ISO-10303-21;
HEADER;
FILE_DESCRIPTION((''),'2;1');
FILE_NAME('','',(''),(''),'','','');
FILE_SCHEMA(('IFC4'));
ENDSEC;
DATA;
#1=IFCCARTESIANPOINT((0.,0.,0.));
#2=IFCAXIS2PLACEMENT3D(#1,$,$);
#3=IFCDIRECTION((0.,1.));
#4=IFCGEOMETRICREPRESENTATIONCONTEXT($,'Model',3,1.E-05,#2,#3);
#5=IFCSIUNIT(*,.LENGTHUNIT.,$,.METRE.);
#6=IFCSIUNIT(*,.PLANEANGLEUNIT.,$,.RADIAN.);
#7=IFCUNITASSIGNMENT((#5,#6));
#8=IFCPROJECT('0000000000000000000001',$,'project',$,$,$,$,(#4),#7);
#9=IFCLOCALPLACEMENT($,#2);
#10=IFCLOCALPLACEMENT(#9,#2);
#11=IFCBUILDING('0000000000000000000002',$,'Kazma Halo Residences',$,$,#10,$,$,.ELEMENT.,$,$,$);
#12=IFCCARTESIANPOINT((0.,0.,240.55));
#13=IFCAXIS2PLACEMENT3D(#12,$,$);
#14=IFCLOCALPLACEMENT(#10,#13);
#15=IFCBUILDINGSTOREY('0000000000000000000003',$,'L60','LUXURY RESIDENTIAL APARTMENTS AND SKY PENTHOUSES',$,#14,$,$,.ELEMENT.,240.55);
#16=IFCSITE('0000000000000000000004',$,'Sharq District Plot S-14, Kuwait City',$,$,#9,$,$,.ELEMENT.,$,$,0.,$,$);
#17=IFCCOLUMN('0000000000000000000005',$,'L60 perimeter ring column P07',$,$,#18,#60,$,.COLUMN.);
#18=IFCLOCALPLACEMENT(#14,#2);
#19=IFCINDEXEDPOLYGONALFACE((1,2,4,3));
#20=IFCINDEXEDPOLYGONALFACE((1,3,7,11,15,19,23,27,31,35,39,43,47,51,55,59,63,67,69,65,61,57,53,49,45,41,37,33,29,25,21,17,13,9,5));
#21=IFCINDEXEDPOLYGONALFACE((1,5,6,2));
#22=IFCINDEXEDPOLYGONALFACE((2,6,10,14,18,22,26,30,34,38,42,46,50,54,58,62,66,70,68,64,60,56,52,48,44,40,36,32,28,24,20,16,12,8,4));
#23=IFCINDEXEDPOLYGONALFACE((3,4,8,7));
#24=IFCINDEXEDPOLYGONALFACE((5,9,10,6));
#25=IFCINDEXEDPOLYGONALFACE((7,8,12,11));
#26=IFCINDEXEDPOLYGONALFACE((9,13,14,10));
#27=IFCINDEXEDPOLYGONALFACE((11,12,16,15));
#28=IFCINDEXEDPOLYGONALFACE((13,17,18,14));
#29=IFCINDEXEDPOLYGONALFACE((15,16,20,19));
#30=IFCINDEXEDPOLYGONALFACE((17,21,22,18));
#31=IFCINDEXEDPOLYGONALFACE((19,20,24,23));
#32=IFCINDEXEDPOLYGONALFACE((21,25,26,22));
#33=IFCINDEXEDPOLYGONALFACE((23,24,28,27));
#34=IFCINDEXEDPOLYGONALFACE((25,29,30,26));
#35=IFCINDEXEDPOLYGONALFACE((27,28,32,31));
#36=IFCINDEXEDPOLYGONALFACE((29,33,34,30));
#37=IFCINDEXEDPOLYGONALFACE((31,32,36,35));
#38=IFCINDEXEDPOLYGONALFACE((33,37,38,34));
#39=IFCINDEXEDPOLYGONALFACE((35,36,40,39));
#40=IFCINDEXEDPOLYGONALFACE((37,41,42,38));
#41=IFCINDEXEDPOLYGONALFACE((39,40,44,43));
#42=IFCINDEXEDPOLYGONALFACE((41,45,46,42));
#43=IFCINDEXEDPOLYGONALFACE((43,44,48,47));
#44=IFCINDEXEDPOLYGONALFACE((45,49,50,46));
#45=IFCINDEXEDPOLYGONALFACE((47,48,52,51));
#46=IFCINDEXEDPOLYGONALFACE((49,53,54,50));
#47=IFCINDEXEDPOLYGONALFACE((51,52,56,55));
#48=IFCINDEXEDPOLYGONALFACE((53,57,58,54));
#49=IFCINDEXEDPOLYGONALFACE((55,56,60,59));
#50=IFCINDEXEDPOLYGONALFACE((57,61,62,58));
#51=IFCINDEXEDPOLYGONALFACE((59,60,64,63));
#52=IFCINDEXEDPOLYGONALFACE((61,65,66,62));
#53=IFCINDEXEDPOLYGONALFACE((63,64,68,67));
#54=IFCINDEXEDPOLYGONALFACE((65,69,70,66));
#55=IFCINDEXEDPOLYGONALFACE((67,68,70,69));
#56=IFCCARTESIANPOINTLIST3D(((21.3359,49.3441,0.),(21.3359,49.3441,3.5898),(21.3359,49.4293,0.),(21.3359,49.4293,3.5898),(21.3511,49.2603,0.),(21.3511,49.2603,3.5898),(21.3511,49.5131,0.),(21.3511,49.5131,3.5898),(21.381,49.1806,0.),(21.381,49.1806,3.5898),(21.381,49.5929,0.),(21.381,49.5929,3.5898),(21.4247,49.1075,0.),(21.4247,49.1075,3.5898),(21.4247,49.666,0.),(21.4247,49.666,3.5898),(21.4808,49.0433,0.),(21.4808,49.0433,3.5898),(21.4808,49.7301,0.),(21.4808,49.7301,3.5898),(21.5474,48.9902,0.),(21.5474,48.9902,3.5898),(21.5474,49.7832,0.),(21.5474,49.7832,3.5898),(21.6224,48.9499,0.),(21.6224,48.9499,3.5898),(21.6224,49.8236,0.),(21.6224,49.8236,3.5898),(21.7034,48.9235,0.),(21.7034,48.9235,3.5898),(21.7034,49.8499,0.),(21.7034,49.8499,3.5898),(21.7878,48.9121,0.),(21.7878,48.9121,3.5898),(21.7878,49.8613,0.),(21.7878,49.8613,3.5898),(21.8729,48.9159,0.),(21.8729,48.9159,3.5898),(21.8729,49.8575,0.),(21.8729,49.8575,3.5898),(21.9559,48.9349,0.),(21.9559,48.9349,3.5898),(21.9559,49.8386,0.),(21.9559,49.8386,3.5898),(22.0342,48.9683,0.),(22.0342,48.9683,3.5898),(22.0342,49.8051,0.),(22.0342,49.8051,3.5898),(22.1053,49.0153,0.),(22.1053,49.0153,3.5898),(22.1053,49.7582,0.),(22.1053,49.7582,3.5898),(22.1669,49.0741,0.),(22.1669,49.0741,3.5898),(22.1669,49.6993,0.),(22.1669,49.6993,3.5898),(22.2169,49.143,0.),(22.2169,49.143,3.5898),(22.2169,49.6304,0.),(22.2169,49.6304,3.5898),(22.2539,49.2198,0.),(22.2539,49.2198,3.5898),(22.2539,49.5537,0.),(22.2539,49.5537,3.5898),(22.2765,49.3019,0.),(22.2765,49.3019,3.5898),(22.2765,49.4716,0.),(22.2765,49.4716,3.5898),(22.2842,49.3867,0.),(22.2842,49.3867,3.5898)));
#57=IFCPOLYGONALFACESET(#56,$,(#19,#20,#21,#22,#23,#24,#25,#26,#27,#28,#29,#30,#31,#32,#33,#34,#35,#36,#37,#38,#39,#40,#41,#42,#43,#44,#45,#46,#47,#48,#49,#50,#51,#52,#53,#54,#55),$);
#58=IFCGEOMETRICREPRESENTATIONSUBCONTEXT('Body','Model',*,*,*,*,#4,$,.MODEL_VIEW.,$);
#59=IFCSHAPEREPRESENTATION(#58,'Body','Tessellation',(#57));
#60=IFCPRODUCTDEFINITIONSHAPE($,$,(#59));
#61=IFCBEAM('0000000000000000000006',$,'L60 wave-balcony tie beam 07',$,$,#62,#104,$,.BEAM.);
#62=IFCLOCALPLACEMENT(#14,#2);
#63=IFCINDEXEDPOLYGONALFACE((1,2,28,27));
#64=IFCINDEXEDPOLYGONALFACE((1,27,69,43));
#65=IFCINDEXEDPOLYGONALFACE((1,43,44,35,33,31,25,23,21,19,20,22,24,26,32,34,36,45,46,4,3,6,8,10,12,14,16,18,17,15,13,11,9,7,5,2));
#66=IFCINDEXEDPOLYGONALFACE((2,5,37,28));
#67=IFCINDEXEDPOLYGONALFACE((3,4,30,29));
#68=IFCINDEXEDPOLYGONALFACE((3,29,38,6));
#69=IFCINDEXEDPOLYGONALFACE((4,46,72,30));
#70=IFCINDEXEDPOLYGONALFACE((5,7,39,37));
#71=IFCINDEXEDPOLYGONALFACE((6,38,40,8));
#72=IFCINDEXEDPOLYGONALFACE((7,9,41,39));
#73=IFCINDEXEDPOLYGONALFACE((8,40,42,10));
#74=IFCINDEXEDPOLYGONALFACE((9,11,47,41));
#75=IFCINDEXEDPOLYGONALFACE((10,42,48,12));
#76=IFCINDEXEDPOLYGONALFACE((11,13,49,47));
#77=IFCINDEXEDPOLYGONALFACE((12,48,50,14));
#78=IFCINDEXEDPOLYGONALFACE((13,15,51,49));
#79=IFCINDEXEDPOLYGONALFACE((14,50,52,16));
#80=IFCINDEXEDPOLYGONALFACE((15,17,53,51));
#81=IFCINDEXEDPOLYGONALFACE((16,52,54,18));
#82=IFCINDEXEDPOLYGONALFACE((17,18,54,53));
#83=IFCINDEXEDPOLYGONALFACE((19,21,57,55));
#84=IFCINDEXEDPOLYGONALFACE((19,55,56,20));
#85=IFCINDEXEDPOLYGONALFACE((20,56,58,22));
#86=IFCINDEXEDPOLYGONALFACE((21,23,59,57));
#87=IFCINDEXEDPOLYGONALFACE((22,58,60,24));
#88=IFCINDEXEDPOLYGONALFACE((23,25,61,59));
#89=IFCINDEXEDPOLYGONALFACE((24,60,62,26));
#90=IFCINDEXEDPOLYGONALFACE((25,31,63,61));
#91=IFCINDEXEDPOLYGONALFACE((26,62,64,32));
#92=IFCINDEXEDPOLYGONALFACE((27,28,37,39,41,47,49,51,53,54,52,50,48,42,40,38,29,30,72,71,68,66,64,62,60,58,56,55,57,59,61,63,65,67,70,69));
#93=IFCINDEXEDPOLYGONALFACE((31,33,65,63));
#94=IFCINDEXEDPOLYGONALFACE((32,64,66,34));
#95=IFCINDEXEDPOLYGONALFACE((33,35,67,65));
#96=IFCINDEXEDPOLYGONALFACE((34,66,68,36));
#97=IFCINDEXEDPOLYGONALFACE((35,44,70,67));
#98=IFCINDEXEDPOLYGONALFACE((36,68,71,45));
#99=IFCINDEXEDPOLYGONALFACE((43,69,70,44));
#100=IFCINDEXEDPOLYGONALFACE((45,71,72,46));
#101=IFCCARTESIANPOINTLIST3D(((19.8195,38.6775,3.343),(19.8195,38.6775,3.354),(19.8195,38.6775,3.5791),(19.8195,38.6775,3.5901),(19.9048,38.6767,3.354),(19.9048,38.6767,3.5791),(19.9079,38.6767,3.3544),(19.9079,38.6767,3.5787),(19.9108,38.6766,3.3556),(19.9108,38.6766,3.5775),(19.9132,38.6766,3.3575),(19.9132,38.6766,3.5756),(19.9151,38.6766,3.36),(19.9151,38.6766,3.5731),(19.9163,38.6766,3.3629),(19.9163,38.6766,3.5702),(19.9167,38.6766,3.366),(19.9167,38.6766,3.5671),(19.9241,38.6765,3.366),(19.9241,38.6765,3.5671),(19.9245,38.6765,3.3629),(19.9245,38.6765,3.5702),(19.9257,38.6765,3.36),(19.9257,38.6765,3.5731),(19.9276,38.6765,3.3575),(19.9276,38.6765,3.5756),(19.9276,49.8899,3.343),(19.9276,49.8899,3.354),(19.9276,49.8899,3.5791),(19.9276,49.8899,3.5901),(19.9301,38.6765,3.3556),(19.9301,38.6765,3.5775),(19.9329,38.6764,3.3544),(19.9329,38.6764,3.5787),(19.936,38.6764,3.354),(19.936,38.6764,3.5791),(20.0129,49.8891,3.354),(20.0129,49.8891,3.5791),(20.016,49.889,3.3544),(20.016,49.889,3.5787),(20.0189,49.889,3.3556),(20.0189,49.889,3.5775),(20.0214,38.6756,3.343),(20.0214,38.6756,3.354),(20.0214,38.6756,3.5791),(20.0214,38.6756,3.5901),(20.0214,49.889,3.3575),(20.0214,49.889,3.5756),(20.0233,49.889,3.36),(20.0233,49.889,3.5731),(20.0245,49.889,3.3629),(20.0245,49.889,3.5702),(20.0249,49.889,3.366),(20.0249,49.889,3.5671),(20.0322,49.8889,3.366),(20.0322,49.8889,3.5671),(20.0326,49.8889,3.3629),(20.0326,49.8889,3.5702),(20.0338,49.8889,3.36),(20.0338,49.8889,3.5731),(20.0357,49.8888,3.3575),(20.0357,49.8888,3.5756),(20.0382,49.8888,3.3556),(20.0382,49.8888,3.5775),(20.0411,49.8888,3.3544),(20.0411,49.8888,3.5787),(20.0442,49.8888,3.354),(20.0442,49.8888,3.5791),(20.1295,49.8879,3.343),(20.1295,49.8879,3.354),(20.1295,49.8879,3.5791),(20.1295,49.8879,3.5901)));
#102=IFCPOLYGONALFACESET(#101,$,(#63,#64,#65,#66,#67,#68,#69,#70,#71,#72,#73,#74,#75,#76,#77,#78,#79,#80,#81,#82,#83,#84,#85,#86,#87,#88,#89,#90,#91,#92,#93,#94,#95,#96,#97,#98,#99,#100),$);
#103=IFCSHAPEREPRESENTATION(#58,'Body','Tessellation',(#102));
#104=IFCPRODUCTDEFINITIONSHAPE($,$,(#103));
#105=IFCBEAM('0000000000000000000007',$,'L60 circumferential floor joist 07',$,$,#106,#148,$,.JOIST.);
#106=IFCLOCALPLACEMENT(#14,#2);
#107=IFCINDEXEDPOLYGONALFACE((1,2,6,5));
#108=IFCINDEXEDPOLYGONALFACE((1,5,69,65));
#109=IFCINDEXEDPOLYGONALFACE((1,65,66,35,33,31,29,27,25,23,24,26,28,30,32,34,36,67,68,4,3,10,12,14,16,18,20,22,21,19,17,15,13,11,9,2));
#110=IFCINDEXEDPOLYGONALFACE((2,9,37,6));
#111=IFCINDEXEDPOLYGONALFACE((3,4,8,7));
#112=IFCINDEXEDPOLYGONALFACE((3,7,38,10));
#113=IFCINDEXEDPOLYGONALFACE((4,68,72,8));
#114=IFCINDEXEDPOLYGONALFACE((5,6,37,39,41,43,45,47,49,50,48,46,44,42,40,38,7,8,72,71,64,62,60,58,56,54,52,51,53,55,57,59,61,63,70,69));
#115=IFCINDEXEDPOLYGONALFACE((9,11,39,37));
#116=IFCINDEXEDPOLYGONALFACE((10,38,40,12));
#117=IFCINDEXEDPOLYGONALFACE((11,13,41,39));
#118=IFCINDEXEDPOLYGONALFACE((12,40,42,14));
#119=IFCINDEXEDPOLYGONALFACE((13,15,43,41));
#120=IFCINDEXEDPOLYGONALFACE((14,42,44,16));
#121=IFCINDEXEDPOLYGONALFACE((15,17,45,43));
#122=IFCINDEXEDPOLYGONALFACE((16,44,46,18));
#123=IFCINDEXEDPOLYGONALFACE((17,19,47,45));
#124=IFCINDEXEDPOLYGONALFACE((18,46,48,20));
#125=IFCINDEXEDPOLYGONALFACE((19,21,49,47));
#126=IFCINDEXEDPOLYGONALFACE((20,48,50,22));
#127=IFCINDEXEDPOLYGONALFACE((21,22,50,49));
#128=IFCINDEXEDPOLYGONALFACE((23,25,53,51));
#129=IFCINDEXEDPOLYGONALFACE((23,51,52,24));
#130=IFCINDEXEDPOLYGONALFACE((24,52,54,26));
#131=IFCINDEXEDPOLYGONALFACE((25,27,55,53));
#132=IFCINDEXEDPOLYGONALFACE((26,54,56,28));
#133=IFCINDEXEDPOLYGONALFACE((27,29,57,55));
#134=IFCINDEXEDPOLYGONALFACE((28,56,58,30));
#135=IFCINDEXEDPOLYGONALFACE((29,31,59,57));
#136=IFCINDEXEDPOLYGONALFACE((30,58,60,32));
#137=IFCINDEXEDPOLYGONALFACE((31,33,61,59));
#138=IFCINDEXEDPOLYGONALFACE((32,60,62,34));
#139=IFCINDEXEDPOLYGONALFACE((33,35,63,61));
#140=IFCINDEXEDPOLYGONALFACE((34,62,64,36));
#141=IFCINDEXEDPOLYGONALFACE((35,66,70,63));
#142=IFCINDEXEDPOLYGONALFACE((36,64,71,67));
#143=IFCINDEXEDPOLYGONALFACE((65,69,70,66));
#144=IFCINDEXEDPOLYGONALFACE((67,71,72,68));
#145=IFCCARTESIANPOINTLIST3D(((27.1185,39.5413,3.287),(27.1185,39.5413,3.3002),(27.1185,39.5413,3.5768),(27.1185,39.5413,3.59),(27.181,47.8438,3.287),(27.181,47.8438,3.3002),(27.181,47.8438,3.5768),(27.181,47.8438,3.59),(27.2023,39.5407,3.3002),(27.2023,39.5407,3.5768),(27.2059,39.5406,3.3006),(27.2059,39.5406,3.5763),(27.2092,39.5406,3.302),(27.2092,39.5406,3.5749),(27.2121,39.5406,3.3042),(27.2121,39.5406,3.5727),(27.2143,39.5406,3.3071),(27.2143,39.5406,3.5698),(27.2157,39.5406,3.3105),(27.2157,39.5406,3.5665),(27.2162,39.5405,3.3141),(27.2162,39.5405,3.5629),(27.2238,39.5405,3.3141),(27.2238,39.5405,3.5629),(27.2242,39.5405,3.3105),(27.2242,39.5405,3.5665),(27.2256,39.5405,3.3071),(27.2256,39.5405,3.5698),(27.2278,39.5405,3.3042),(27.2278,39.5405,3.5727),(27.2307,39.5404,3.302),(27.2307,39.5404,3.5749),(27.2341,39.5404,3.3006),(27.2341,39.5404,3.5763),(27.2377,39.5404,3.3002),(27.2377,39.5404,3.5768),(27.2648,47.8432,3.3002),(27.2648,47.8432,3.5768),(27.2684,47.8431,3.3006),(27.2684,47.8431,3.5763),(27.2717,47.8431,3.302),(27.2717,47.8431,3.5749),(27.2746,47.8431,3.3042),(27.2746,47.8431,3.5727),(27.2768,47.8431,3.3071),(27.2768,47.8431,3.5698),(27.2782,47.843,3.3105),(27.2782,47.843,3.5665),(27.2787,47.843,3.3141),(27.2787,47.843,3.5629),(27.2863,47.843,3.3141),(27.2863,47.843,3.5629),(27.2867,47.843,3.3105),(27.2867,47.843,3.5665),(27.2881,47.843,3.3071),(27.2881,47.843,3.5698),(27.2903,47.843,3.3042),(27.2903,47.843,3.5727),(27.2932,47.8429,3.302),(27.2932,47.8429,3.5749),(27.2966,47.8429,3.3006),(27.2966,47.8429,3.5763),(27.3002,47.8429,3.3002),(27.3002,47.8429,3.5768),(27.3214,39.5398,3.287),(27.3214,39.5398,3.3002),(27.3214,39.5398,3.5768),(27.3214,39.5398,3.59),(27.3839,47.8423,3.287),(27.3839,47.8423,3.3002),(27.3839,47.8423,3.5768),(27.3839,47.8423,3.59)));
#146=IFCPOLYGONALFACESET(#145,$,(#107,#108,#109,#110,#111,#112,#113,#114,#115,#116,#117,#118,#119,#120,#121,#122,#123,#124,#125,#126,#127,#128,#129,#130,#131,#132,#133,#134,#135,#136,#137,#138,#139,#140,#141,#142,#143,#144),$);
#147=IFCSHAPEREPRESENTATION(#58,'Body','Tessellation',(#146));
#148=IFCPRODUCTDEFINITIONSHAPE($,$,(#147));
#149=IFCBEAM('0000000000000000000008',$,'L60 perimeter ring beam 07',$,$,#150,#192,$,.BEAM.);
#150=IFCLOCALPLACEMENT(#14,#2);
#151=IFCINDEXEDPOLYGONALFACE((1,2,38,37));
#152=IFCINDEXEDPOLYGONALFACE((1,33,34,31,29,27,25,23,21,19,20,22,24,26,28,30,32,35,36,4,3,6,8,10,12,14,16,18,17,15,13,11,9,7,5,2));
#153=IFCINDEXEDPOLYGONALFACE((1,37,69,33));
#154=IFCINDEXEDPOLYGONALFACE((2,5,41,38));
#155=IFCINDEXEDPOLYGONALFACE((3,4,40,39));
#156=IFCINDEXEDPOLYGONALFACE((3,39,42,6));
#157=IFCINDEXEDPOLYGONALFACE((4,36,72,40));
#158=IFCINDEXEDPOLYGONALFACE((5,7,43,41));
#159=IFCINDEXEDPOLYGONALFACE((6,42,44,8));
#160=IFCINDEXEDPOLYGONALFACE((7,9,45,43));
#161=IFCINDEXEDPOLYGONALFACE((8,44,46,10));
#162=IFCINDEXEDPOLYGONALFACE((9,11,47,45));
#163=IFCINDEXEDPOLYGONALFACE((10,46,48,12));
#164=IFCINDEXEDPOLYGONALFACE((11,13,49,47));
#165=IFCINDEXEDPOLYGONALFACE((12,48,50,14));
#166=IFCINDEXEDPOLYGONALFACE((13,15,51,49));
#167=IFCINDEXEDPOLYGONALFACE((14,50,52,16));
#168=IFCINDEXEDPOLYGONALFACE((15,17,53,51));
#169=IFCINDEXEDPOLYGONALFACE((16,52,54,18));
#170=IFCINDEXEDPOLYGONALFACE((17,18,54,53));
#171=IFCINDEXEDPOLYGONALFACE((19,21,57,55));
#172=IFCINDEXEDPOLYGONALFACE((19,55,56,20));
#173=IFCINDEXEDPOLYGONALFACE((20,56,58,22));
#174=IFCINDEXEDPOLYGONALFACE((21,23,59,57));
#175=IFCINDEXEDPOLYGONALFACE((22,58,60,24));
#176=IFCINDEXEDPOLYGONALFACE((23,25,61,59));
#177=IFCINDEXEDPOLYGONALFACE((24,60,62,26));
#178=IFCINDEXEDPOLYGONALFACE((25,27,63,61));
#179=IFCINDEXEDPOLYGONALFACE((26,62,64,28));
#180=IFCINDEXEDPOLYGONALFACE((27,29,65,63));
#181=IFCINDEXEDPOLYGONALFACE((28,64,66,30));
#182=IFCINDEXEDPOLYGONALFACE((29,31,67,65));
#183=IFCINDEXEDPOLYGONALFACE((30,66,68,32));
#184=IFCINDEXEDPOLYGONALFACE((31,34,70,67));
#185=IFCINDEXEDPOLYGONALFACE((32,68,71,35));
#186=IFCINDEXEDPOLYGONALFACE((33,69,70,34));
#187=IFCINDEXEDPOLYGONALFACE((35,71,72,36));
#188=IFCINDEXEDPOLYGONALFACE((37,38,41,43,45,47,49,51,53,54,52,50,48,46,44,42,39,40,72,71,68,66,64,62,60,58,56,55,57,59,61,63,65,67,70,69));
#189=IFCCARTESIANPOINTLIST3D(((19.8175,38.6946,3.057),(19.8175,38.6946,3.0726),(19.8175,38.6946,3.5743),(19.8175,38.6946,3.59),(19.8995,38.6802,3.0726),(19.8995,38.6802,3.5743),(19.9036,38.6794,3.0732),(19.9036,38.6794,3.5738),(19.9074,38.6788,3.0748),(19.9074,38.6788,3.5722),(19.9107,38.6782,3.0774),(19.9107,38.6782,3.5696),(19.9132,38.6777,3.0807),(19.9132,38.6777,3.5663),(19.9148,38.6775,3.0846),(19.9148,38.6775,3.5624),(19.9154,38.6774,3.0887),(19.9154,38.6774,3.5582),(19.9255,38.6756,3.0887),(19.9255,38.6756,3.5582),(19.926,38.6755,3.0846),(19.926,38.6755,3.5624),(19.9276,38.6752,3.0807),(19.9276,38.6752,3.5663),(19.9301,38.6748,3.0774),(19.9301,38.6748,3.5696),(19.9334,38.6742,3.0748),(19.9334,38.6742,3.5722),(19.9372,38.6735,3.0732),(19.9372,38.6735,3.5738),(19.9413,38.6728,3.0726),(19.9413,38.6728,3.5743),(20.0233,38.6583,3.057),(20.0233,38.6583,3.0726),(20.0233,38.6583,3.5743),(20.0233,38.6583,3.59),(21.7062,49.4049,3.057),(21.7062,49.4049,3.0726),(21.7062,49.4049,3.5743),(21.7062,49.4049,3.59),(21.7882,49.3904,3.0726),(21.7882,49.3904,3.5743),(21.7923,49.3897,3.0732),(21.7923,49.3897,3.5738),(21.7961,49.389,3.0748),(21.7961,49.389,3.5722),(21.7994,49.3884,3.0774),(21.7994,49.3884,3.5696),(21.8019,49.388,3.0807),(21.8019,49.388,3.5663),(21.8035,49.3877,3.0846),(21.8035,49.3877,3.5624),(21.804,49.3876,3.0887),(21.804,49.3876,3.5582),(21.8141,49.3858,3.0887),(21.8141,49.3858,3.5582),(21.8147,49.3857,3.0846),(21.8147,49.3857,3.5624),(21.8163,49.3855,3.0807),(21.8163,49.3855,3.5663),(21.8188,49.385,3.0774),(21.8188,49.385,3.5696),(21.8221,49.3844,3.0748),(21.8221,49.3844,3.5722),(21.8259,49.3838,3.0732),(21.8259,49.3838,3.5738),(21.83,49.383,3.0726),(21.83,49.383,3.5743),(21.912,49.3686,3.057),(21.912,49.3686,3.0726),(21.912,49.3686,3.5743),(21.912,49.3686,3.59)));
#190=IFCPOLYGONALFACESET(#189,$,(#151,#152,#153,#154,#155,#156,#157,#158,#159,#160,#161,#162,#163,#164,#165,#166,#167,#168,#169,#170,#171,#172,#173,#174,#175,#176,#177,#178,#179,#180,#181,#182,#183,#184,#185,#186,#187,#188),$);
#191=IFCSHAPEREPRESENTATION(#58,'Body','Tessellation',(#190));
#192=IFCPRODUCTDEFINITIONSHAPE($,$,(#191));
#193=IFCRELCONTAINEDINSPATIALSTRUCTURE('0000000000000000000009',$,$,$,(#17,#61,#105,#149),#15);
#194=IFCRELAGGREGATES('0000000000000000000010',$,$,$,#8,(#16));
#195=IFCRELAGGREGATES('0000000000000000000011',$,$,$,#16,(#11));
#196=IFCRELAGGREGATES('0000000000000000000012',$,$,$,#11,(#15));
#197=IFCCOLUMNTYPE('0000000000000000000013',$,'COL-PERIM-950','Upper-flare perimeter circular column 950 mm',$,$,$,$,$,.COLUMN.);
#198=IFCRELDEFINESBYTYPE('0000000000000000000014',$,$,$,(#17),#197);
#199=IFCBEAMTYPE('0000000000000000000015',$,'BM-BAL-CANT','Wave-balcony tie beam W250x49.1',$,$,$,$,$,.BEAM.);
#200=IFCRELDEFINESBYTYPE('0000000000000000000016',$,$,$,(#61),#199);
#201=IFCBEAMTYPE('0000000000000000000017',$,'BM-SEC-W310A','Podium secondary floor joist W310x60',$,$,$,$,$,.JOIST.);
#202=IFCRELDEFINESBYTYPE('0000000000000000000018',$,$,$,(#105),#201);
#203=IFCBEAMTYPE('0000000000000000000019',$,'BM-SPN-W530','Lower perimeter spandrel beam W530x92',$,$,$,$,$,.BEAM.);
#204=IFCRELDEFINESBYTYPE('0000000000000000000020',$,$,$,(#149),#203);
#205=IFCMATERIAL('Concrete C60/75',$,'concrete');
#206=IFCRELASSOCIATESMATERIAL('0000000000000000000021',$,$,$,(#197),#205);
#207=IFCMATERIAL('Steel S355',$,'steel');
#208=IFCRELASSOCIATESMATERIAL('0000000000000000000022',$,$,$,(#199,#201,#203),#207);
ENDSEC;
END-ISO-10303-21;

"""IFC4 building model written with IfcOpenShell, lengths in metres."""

from ifc_helpers import new_model, si_unit, direction, frame, origin, origin_2d, place, context, subcontext, project, spatial, circle, i_section, extrude, material, material_profile, profile_set, type_object, element, save


model = new_model("IFC4")

# Units and contexts
model_context = context("Model", 3, precision=1e-05, world=origin(), true_north=direction((0.0, 1.0)))
body_context = subcontext(model_context, "Body", "Model", "MODEL_VIEW")
ifc_project = project(units=[si_unit("LENGTHUNIT", "METRE"), si_unit("PLANEANGLEUNIT", "RADIAN")], contexts=[model_context])

# Site, building, storey
site_placement = place(None, origin())
site = spatial("IfcSite", under=ifc_project, at=site_placement, Name="Sharq District Plot S-14, Kuwait City", CompositionType="ELEMENT", RefElevation=0.0)
building_placement = place(site_placement, origin())
building = spatial("IfcBuilding", under=site, at=building_placement, Name="Kazma Halo Residences", CompositionType="ELEMENT")
storey_placement = place(building_placement, frame((0.0, 0.0, 240.55)))
storey = spatial("IfcBuildingStorey", under=building, at=storey_placement, Name="L60", Description="LUXURY RESIDENTIAL APARTMENTS AND SKY PENTHOUSES", CompositionType="ELEMENT", Elevation=240.55)

# Column
ifc_material_1 = material(Name="Concrete C60/75", Category="concrete")
ifc_material_profile_1 = material_profile(ifc_material_1, circle(Radius=0.4751, at=origin_2d()), Name="CIRC950")
ifc_profile_set_1 = profile_set([ifc_material_profile_1], Name="Concrete C60/75")
column_type = type_object("IfcColumnType", Name="COL-PERIM-950", Description="Upper-flare perimeter circular column 950 mm", PredefinedType="COLUMN", material=ifc_profile_set_1)
column_placement = place(storey_placement, frame((21.8091, 49.3867, 0.0), z_axis=(0.0, 0.0, 1.0), x_axis=(1.0, 0.0, 0.0)))
element("IfcColumn", 1, at=column_placement, inside=storey, type_object=column_type, Name="L60 perimeter ring column P07", PredefinedType="COLUMN", context=body_context, shape_type="SweptSolid", body=[
    extrude(circle(Radius=0.4751, at=origin_2d()), origin(), (0.0, 0.0, 1.0), 3.5898),
])

# Beams
ifc_material_2 = material(Name="Steel S355", Category="steel")
ifc_material_profile_2 = material_profile(ifc_material_2, i_section(OverallWidth=0.2019, OverallDepth=0.2471, WebThickness=0.0073, FlangeThickness=0.011, FilletRadius=0.012, at=origin_2d()), Name="W250x49.1")
ifc_profile_set_2 = profile_set([ifc_material_profile_2], Name="Steel S355")
beam_type_1 = type_object("IfcBeamType", Name="BM-BAL-CANT", Description="Wave-balcony tie beam W250x49.1", PredefinedType="BEAM", material=ifc_profile_set_2)
beam_1_placement = place(storey_placement, frame((20.0286, 49.8889, 3.4666), z_axis=(-0.009646, -0.999953, 0.0), x_axis=(0.999953, -0.009646, 0.0)))
element("IfcBeam", 2, at=beam_1_placement, inside=storey, type_object=beam_type_1, Name="L60 wave-balcony tie beam 07", PredefinedType="BEAM", context=body_context, shape_type="SweptSolid", body=[
    extrude(i_section(OverallWidth=0.2019, OverallDepth=0.2471, WebThickness=0.0073, FlangeThickness=0.011, FilletRadius=0.012, at=origin_2d()), origin(), (0.0, 0.0, 1.0), 11.2129),
])
ifc_material_profile_3 = material_profile(ifc_material_2, i_section(OverallWidth=0.2029, OverallDepth=0.303, WebThickness=0.0076, FlangeThickness=0.0132, FilletRadius=0.0139, at=origin_2d()), Name="W310x60")
ifc_profile_set_3 = profile_set([ifc_material_profile_3], Name="Steel S355")
beam_type_2 = type_object("IfcBeamType", Name="BM-SEC-W310A", Description="Podium secondary floor joist W310x60", PredefinedType="JOIST", material=ifc_profile_set_3)
beam_2_placement = place(storey_placement, frame((27.2825, 47.843, 3.4385), z_axis=(-0.007528, -0.999972, 0.0), x_axis=(0.999972, -0.007528, 0.0)))
element("IfcBeam", 3, at=beam_2_placement, inside=storey, type_object=beam_type_2, Name="L60 circumferential floor joist 07", PredefinedType="JOIST", context=body_context, shape_type="SweptSolid", body=[
    extrude(i_section(OverallWidth=0.2029, OverallDepth=0.303, WebThickness=0.0076, FlangeThickness=0.0132, FilletRadius=0.0139, at=origin_2d()), origin(), (0.0, 0.0, 1.0), 8.3027),
])
ifc_material_profile_4 = material_profile(ifc_material_2, i_section(OverallWidth=0.209, OverallDepth=0.533, WebThickness=0.0103, FlangeThickness=0.0156, FilletRadius=0.0161, at=origin_2d()), Name="W530x92")
ifc_profile_set_4 = profile_set([ifc_material_profile_4], Name="Steel S355")
beam_type_3 = type_object("IfcBeamType", Name="BM-SPN-W530", Description="Lower perimeter spandrel beam W530x92", PredefinedType="BEAM", material=ifc_profile_set_4)
beam_3_placement = place(storey_placement, frame((21.8091, 49.3867, 3.3235), z_axis=(-0.173664, -0.984805, 0.0), x_axis=(0.984805, -0.173664, 0.0)))
element("IfcBeam", 4, at=beam_3_placement, inside=storey, type_object=beam_type_3, Name="L60 perimeter ring beam 07", PredefinedType="BEAM", context=body_context, shape_type="SweptSolid", body=[
    extrude(i_section(OverallWidth=0.209, OverallDepth=0.533, WebThickness=0.0103, FlangeThickness=0.0156, FilletRadius=0.0161, at=origin_2d()), origin(), (0.0, 0.0, 1.0), 10.8755),
])

save(model, "model.ifc")
